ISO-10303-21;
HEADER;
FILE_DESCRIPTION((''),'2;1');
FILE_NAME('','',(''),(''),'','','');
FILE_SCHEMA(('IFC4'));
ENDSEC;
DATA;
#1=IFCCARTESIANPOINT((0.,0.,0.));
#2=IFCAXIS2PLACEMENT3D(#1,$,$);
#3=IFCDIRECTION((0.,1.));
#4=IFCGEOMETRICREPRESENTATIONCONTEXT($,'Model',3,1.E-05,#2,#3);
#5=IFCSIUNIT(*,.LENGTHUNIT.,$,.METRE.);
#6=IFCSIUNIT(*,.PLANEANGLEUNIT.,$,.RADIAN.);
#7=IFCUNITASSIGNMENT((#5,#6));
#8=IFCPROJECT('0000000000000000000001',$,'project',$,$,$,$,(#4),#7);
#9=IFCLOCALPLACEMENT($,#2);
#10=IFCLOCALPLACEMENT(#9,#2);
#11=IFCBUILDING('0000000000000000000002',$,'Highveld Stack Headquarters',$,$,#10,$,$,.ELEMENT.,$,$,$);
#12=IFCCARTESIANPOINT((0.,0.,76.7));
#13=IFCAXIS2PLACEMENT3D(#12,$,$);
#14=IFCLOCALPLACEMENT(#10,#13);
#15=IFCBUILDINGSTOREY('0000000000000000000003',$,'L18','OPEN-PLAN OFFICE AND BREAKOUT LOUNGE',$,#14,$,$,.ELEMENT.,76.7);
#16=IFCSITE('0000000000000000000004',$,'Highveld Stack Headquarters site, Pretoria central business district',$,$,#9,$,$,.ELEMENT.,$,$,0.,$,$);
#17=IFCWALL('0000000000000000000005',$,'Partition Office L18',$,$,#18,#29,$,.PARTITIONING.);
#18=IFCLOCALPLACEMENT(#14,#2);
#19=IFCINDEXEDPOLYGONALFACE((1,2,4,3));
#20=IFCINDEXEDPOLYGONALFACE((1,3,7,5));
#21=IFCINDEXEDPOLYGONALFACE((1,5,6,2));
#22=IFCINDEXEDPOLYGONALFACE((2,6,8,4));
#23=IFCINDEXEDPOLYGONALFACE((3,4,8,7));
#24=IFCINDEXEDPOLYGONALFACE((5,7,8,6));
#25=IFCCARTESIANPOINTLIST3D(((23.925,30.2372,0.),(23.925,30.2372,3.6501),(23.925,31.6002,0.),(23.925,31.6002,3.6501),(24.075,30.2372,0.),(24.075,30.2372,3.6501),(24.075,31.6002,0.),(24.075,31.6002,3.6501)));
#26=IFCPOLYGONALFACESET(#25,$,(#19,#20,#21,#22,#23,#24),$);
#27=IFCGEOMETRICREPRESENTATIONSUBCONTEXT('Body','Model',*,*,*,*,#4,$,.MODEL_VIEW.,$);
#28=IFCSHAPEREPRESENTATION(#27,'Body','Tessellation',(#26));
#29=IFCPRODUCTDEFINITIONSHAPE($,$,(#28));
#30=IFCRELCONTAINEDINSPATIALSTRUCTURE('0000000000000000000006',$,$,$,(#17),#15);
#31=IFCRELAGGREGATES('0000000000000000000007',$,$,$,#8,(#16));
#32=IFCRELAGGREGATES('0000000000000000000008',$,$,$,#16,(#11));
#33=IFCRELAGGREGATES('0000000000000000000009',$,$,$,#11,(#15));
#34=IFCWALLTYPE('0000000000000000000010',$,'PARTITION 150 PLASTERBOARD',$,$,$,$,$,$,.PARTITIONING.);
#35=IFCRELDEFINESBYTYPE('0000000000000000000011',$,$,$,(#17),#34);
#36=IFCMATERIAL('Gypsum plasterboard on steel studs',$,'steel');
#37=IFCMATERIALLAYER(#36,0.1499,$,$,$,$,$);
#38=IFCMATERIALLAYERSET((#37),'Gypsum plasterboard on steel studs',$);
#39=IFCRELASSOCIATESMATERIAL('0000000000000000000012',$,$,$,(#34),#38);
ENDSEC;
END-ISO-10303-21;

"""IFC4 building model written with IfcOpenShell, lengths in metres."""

from ifc_helpers import new_model, si_unit, direction, frame, frame_2d, origin, place, context, subcontext, project, spatial, rectangle, extrude, material, layer, layer_set, type_object, element, save


model = new_model("IFC4")

# Units and contexts
model_context = context("Model", 3, precision=1e-05, world=origin(), true_north=direction((0.0, 1.0)))
body_context = subcontext(model_context, "Body", "Model", "MODEL_VIEW")
ifc_project = project(units=[si_unit("LENGTHUNIT", "METRE"), si_unit("PLANEANGLEUNIT", "RADIAN")], contexts=[model_context])

# Site, building, storey
site_placement = place(None, origin())
site = spatial("IfcSite", under=ifc_project, at=site_placement, Name="Highveld Stack Headquarters site, Pretoria central business district", CompositionType="ELEMENT", RefElevation=0.0)
building_placement = place(site_placement, origin())
building = spatial("IfcBuilding", under=site, at=building_placement, Name="Highveld Stack Headquarters", CompositionType="ELEMENT")
storey_placement = place(building_placement, frame((0.0, 0.0, 76.7)))
storey = spatial("IfcBuildingStorey", under=building, at=storey_placement, Name="L18", Description="OPEN-PLAN OFFICE AND BREAKOUT LOUNGE", CompositionType="ELEMENT", Elevation=76.7)

# Wall
ifc_material_1 = material(Name="Gypsum plasterboard on steel studs", Category="steel")
ifc_layer_1 = layer(ifc_material_1, 0.1499)
ifc_layer_set_1 = layer_set([ifc_layer_1], Name="Gypsum plasterboard on steel studs")
wall_type = type_object("IfcWallType", Name="PARTITION 150 PLASTERBOARD", PredefinedType="PARTITIONING", material=ifc_layer_set_1)
wall_1_placement = place(storey_placement, frame((24.0, 30.2371, 0.0), z_axis=(0.0, 0.0, 1.0), x_axis=(0.0, 1.0, 0.0)))
element("IfcWall", 1, at=wall_1_placement, inside=storey, type_object=wall_type, Name="Partition Office L18", PredefinedType="PARTITIONING", context=body_context, shape_type="SweptSolid", body=[
    extrude(rectangle(XDim=1.363, YDim=0.1499, at=frame_2d((0.6816, 0.0))), origin(), (0.0, 0.0, 1.0), 3.6501),
])

save(model, "model.ifc")
